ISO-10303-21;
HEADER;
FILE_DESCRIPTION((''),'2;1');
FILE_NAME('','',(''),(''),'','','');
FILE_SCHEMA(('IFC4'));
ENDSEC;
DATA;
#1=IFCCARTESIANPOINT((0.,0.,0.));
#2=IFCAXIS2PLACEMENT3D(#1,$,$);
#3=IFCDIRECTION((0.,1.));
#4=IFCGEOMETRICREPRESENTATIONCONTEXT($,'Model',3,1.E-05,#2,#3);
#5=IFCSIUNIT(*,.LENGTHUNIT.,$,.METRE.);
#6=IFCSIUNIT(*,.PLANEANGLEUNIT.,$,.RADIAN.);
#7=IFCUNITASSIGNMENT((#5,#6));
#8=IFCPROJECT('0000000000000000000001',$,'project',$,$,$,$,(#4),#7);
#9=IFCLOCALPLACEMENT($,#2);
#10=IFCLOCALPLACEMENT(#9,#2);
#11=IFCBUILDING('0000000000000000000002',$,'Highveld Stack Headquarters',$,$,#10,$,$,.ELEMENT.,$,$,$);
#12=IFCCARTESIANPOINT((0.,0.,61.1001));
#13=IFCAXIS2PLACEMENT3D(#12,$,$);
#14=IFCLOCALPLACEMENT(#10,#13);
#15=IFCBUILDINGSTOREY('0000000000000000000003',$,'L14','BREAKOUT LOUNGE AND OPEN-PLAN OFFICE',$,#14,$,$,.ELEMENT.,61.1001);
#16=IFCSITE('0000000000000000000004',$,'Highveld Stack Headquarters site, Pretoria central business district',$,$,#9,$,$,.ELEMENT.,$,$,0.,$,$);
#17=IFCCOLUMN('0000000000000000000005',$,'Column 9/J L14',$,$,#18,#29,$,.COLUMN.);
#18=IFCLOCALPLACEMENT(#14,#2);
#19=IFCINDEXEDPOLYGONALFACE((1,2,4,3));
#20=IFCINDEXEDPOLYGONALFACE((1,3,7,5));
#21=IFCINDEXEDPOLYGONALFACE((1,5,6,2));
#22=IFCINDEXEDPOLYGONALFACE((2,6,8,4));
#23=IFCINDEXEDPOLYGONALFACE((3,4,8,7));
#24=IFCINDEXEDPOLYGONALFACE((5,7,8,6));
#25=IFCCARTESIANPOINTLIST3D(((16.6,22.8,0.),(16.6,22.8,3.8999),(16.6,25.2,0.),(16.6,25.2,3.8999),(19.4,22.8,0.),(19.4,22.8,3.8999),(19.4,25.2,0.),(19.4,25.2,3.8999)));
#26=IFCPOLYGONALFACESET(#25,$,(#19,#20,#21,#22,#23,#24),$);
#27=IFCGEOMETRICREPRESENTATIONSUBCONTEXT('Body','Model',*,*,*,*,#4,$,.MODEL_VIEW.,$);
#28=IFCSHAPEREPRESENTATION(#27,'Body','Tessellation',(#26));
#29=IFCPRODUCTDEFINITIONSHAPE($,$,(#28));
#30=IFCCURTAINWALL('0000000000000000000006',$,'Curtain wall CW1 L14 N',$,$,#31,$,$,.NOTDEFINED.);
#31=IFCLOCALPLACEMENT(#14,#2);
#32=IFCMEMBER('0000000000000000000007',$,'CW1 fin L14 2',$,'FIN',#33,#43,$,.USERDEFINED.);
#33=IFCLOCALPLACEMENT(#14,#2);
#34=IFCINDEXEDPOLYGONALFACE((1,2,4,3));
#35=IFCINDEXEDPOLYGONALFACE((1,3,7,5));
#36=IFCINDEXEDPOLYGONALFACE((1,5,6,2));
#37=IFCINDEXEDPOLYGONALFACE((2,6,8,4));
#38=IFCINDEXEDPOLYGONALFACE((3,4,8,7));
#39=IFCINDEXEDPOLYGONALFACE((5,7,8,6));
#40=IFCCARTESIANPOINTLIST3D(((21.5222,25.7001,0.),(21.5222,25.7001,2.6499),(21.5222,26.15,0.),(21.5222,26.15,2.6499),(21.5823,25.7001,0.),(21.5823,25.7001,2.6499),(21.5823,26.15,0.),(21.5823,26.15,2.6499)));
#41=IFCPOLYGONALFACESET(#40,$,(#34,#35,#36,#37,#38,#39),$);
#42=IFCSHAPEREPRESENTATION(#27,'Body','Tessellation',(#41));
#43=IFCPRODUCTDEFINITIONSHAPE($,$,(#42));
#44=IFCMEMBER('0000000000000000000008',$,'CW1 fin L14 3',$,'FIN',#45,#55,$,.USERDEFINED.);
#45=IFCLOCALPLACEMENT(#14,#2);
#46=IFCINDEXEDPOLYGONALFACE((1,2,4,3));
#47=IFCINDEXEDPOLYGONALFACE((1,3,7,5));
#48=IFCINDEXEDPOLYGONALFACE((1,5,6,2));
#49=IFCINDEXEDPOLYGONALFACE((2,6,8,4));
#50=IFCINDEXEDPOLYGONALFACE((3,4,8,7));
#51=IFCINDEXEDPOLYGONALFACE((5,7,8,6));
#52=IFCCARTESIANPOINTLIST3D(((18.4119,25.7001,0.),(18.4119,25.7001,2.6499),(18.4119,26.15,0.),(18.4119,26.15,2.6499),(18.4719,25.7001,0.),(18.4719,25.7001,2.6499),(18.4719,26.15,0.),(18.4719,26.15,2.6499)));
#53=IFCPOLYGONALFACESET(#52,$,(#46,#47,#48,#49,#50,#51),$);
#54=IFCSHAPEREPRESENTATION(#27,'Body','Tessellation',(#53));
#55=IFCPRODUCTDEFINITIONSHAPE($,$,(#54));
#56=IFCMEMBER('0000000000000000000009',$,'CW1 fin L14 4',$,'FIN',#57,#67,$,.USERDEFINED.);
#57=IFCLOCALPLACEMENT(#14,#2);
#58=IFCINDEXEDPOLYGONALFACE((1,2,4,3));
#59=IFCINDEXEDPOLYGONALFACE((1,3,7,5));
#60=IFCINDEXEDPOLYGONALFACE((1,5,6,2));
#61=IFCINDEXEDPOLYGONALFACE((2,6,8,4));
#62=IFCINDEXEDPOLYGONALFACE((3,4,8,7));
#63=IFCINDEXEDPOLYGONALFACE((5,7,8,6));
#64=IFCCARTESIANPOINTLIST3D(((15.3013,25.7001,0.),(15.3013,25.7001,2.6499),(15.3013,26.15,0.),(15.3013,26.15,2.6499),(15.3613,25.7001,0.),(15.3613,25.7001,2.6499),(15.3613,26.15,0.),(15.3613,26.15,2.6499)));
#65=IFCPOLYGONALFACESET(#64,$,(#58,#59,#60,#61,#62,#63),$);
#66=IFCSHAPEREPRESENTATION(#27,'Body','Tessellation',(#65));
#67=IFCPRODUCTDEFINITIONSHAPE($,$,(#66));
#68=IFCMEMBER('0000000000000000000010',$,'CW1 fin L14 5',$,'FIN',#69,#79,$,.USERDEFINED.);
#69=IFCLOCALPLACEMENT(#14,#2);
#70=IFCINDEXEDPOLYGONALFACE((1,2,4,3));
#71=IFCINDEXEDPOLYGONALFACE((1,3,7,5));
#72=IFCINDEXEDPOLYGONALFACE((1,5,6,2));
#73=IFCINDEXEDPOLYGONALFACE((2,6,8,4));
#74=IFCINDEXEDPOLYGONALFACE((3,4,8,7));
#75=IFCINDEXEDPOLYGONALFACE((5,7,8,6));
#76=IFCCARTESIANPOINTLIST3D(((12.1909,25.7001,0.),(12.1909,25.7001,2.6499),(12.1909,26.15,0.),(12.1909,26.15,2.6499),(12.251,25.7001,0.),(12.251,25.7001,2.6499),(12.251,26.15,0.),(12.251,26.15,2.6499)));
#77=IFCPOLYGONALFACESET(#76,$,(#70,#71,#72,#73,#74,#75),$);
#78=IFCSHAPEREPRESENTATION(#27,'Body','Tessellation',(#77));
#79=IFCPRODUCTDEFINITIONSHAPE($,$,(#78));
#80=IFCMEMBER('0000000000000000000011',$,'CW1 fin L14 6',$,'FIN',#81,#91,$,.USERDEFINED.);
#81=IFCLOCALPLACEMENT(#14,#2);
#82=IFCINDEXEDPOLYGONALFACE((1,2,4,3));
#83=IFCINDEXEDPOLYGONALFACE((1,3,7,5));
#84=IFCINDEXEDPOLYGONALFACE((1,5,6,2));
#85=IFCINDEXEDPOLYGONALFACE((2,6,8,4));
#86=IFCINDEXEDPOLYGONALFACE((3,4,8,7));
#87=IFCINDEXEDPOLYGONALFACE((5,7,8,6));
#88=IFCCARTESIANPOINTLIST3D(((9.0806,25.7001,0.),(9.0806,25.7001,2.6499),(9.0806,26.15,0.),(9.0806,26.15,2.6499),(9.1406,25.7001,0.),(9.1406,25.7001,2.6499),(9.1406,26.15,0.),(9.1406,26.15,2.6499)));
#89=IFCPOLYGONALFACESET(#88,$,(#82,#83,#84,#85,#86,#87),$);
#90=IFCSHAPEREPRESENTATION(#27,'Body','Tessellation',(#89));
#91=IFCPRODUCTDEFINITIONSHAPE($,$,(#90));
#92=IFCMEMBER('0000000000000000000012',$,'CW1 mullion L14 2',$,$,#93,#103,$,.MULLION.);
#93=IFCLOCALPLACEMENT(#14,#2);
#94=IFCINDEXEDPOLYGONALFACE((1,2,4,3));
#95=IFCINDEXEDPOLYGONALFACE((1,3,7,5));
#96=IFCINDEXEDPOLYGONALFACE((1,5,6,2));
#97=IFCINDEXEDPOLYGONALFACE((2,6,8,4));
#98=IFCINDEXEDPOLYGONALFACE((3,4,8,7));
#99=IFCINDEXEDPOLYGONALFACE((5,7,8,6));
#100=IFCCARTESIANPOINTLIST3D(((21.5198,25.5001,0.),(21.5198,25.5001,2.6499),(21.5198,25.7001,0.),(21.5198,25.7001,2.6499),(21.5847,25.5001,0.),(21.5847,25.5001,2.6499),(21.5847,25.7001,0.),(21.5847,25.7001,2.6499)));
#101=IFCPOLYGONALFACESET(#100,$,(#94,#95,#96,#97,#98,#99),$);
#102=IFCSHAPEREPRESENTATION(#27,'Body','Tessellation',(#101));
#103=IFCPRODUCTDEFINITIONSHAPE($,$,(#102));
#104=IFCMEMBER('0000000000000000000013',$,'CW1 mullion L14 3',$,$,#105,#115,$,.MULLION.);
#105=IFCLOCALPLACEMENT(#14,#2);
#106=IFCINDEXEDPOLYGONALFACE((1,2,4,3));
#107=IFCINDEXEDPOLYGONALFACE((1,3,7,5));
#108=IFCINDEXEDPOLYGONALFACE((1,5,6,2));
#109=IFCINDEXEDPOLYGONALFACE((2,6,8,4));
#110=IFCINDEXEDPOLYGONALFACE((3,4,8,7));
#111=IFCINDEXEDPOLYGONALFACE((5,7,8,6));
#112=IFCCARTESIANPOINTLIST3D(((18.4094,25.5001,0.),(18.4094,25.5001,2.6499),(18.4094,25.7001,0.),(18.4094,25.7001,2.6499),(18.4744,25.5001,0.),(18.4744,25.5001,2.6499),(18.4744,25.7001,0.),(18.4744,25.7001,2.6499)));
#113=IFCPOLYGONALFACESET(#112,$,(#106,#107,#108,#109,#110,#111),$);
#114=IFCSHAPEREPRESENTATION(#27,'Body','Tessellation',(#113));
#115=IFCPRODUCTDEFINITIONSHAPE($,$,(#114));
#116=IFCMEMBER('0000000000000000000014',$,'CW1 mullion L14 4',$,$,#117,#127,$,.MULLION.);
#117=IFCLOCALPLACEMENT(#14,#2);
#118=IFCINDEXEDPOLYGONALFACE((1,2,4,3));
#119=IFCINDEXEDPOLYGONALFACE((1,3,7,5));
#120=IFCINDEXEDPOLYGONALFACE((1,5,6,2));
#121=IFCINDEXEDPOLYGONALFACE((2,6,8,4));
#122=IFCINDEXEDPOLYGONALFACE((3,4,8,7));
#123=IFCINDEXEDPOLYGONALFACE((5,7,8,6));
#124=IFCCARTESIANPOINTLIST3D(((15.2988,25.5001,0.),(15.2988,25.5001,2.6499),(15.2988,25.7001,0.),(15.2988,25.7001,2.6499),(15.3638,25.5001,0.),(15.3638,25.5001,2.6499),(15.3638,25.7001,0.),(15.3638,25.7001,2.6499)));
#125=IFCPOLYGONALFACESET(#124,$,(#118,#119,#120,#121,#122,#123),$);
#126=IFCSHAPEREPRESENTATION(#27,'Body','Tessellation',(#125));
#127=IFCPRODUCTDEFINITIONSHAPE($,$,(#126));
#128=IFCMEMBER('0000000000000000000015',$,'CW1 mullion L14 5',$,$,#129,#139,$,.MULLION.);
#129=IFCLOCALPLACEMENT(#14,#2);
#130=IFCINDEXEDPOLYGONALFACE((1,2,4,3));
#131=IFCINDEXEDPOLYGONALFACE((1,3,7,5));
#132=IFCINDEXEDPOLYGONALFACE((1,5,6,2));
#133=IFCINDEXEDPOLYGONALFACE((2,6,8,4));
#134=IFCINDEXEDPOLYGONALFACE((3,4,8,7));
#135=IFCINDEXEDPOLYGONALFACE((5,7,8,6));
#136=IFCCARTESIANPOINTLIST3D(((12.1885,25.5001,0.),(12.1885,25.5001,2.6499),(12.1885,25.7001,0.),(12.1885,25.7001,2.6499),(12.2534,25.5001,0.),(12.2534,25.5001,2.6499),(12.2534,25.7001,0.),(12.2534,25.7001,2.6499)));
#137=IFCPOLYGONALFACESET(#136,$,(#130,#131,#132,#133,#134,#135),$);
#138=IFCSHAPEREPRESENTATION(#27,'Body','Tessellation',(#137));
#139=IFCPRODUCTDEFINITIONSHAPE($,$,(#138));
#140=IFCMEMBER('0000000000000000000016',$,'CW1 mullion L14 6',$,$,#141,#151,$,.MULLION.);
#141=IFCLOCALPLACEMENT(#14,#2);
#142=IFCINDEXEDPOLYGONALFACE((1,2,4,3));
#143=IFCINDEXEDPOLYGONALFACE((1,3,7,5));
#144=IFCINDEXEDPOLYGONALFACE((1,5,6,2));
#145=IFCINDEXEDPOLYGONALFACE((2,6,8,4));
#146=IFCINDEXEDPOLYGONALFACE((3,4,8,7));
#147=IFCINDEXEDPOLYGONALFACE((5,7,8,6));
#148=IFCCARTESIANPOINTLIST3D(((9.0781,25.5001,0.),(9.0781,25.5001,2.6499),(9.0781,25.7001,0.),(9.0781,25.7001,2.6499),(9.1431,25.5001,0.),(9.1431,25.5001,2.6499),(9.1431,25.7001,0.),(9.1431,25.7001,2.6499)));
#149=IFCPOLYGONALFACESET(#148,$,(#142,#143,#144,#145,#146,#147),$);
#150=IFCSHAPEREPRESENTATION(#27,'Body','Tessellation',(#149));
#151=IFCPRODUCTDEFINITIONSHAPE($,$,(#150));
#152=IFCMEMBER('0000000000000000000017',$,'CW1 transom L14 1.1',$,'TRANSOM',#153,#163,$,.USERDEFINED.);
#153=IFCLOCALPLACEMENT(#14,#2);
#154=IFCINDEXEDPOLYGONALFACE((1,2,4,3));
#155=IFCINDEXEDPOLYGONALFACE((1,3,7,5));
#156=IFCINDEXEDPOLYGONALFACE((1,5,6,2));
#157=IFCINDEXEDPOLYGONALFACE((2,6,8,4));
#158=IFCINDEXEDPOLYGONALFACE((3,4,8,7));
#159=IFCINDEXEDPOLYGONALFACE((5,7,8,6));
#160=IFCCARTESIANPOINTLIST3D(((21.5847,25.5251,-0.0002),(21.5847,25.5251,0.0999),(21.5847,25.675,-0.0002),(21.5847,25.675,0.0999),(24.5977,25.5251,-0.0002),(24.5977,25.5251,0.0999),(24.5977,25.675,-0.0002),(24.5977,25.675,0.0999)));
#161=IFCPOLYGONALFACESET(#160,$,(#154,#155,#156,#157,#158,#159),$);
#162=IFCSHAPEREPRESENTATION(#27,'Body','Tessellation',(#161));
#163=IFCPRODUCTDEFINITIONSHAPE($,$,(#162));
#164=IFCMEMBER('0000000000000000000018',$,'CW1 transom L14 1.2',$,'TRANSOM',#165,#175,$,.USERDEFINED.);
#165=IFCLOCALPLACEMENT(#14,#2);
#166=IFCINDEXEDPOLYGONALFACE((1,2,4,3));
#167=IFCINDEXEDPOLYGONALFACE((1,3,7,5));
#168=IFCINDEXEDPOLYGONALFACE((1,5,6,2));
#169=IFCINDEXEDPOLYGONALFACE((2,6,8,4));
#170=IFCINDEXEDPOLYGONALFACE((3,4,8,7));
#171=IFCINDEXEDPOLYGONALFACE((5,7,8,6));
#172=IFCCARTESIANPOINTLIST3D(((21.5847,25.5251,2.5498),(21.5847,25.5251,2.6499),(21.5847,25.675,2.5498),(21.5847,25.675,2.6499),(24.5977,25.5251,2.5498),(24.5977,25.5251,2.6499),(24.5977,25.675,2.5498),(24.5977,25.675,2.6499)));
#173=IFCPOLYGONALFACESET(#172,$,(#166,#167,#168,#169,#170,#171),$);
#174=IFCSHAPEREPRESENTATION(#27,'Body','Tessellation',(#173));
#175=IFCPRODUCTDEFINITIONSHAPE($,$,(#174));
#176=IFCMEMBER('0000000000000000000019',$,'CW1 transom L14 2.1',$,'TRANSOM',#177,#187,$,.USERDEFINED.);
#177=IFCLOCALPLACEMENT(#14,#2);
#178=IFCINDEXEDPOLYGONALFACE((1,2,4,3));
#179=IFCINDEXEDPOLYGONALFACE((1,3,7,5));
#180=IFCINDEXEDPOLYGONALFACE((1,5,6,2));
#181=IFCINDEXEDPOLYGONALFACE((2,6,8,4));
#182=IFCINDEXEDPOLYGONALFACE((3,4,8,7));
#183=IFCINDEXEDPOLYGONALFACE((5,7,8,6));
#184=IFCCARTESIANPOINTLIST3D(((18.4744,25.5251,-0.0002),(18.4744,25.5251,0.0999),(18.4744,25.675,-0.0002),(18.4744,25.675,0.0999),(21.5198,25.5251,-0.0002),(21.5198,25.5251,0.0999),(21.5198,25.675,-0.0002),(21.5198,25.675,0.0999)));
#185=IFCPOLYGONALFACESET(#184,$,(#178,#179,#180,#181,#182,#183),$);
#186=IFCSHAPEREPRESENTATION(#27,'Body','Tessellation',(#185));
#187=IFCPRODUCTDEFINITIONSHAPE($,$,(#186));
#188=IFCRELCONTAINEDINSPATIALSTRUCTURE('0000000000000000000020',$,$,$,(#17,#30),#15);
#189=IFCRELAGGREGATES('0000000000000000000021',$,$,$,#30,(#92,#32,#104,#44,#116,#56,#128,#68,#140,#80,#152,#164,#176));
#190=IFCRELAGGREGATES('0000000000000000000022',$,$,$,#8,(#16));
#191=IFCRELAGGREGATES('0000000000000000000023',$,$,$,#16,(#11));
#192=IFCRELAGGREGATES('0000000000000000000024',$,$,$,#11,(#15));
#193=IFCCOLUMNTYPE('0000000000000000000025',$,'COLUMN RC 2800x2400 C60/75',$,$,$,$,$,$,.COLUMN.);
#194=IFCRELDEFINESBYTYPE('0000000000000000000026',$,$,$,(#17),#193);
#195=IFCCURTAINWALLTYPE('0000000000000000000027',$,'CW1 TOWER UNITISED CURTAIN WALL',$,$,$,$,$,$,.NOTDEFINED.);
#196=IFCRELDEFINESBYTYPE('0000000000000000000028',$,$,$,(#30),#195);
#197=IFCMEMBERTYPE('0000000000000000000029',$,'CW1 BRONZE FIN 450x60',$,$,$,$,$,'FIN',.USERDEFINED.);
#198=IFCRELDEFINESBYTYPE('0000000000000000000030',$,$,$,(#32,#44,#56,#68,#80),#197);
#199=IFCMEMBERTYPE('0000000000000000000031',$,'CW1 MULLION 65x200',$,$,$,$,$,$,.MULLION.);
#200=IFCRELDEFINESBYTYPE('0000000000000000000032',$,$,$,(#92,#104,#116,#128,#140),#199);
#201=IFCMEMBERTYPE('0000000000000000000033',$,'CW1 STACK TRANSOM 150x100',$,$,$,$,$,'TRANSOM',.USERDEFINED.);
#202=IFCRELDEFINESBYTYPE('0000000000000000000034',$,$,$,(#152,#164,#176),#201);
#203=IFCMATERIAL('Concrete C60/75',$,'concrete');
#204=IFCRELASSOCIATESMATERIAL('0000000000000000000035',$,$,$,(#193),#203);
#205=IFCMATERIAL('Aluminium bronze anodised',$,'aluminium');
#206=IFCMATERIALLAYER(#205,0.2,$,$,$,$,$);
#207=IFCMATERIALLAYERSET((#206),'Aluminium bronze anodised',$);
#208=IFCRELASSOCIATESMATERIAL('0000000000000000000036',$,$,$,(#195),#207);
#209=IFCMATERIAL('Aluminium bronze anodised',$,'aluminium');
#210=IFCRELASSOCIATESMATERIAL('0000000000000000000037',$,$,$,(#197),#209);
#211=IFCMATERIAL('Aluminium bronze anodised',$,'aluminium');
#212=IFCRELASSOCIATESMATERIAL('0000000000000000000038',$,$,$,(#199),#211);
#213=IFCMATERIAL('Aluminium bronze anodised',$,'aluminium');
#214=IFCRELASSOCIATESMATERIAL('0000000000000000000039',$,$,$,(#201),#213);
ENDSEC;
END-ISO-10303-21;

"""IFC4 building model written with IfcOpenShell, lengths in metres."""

from ifc_helpers import new_model, si_unit, direction, frame, origin, origin_2d, place, context, subcontext, project, spatial, rectangle, extrude, material, layer, layer_set, material_profile, profile_set, type_object, element, aggregate, save


model = new_model("IFC4")

# Units and contexts
model_context = context("Model", 3, precision=1e-05, world=origin(), true_north=direction((0.0, 1.0)))
body_context = subcontext(model_context, "Body", "Model", "MODEL_VIEW")
ifc_project = project(units=[si_unit("LENGTHUNIT", "METRE"), si_unit("PLANEANGLEUNIT", "RADIAN")], contexts=[model_context])

# Site, building, storey
site_placement = place(None, origin())
site = spatial("IfcSite", under=ifc_project, at=site_placement, Name="Highveld Stack Headquarters site, Pretoria central business district", CompositionType="ELEMENT", RefElevation=0.0)
building_placement = place(site_placement, origin())
building = spatial("IfcBuilding", under=site, at=building_placement, Name="Highveld Stack Headquarters", CompositionType="ELEMENT")
storey_placement = place(building_placement, frame((0.0, 0.0, 61.1001)))
storey = spatial("IfcBuildingStorey", under=building, at=storey_placement, Name="L14", Description="BREAKOUT LOUNGE AND OPEN-PLAN OFFICE", CompositionType="ELEMENT", Elevation=61.1001)

# Column
ifc_material_1 = material(Name="Concrete C60/75", Category="concrete")
ifc_material_profile_1 = material_profile(ifc_material_1, rectangle(XDim=2.8, YDim=2.3999, at=origin_2d()), Name="RC 2800x2400")
ifc_profile_set_1 = profile_set([ifc_material_profile_1], Name="Concrete C60/75")
column_type = type_object("IfcColumnType", Name="COLUMN RC 2800x2400 C60/75", PredefinedType="COLUMN", material=ifc_profile_set_1)
column_placement = place(storey_placement, frame((18.0, 24.0, 0.0), z_axis=(0.0, 0.0, 1.0), x_axis=(1.0, 0.0, 0.0)))
element("IfcColumn", 1, at=column_placement, inside=storey, type_object=column_type, Name="Column 9/J L14", PredefinedType="COLUMN", context=body_context, shape_type="SweptSolid", body=[
    extrude(rectangle(XDim=2.8, YDim=2.3999, at=origin_2d()), origin(), (0.0, 0.0, 1.0), 3.8999),
])

# Curtain wall, members
ifc_material_2 = material(Name="Aluminium bronze anodised", Category="aluminium")
ifc_layer_1 = layer(ifc_material_2, 0.2)
ifc_layer_set_1 = layer_set([ifc_layer_1], Name="Aluminium bronze anodised")
curtain_wall_type = type_object("IfcCurtainWallType", Name="CW1 TOWER UNITISED CURTAIN WALL", PredefinedType="NOTDEFINED", material=ifc_layer_set_1)
curtain_wall_placement = place(storey_placement, origin())
curtain_wall = element("IfcCurtainWall", 2, at=curtain_wall_placement, inside=storey, type_object=curtain_wall_type, Name="Curtain wall CW1 L14 N", PredefinedType="NOTDEFINED")
ifc_material_3 = material(Name="Aluminium bronze anodised", Category="aluminium")
ifc_material_profile_2 = material_profile(ifc_material_3, rectangle(XDim=0.45, YDim=0.0601, at=origin_2d()), Name="FIN 450x60")
ifc_profile_set_2 = profile_set([ifc_material_profile_2], Name="Aluminium bronze anodised")
member_type_1 = type_object("IfcMemberType", Name="CW1 BRONZE FIN 450x60", ElementType="FIN", PredefinedType="USERDEFINED", material=ifc_profile_set_2)
member_1_placement = place(storey_placement, frame((21.5522, 25.925, 0.0), z_axis=(0.0, 0.0, 1.0), x_axis=(0.0, -1.0, 0.0)))
member_1 = element("IfcMember", 3, at=member_1_placement, type_object=member_type_1, Name="CW1 fin L14 2", ObjectType="FIN", PredefinedType="USERDEFINED", context=body_context, shape_type="SweptSolid", body=[
    extrude(rectangle(XDim=0.45, YDim=0.0601, at=origin_2d()), origin(), (0.0, 0.0, 1.0), 2.6499),
])
member_2_placement = place(storey_placement, frame((18.4419, 25.925, 0.0), z_axis=(0.0, 0.0, 1.0), x_axis=(0.0, -1.0, 0.0)))
member_2 = element("IfcMember", 4, at=member_2_placement, type_object=member_type_1, Name="CW1 fin L14 3", ObjectType="FIN", PredefinedType="USERDEFINED", context=body_context, shape_type="SweptSolid", body=[
    extrude(rectangle(XDim=0.45, YDim=0.0601, at=origin_2d()), origin(), (0.0, 0.0, 1.0), 2.6499),
])
member_3_placement = place(storey_placement, frame((15.3313, 25.925, 0.0), z_axis=(0.0, 0.0, 1.0), x_axis=(0.0, -1.0, 0.0)))
member_3 = element("IfcMember", 5, at=member_3_placement, type_object=member_type_1, Name="CW1 fin L14 4", ObjectType="FIN", PredefinedType="USERDEFINED", context=body_context, shape_type="SweptSolid", body=[
    extrude(rectangle(XDim=0.45, YDim=0.0601, at=origin_2d()), origin(), (0.0, 0.0, 1.0), 2.6499),
])
member_4_placement = place(storey_placement, frame((12.2209, 25.925, 0.0), z_axis=(0.0, 0.0, 1.0), x_axis=(0.0, -1.0, 0.0)))
member_4 = element("IfcMember", 6, at=member_4_placement, type_object=member_type_1, Name="CW1 fin L14 5", ObjectType="FIN", PredefinedType="USERDEFINED", context=body_context, shape_type="SweptSolid", body=[
    extrude(rectangle(XDim=0.45, YDim=0.0601, at=origin_2d()), origin(), (0.0, 0.0, 1.0), 2.6499),
])
member_5_placement = place(storey_placement, frame((9.1106, 25.925, 0.0), z_axis=(0.0, 0.0, 1.0), x_axis=(0.0, -1.0, 0.0)))
member_5 = element("IfcMember", 7, at=member_5_placement, type_object=member_type_1, Name="CW1 fin L14 6", ObjectType="FIN", PredefinedType="USERDEFINED", context=body_context, shape_type="SweptSolid", body=[
    extrude(rectangle(XDim=0.45, YDim=0.0601, at=origin_2d()), origin(), (0.0, 0.0, 1.0), 2.6499),
])
ifc_material_4 = material(Name="Aluminium bronze anodised", Category="aluminium")
ifc_material_profile_3 = material_profile(ifc_material_4, rectangle(XDim=0.2, YDim=0.0649, at=origin_2d()), Name="CW1 MULLION 65x200")
ifc_profile_set_3 = profile_set([ifc_material_profile_3], Name="Aluminium bronze anodised")
member_type_2 = type_object("IfcMemberType", Name="CW1 MULLION 65x200", PredefinedType="MULLION", material=ifc_profile_set_3)
member_6_placement = place(storey_placement, frame((21.5522, 25.6001, 0.0), z_axis=(0.0, 0.0, 1.0), x_axis=(0.0, -1.0, 0.0)))
member_6 = element("IfcMember", 8, at=member_6_placement, type_object=member_type_2, Name="CW1 mullion L14 2", PredefinedType="MULLION", context=body_context, shape_type="SweptSolid", body=[
    extrude(rectangle(XDim=0.2, YDim=0.0649, at=origin_2d()), origin(), (0.0, 0.0, 1.0), 2.6499),
])
member_7_placement = place(storey_placement, frame((18.4419, 25.6001, 0.0), z_axis=(0.0, 0.0, 1.0), x_axis=(0.0, -1.0, 0.0)))
member_7 = element("IfcMember", 9, at=member_7_placement, type_object=member_type_2, Name="CW1 mullion L14 3", PredefinedType="MULLION", context=body_context, shape_type="SweptSolid", body=[
    extrude(rectangle(XDim=0.2, YDim=0.0649, at=origin_2d()), origin(), (0.0, 0.0, 1.0), 2.6499),
])
member_8_placement = place(storey_placement, frame((15.3313, 25.6001, 0.0), z_axis=(0.0, 0.0, 1.0), x_axis=(0.0, -1.0, 0.0)))
member_8 = element("IfcMember", 10, at=member_8_placement, type_object=member_type_2, Name="CW1 mullion L14 4", PredefinedType="MULLION", context=body_context, shape_type="SweptSolid", body=[
    extrude(rectangle(XDim=0.2, YDim=0.0649, at=origin_2d()), origin(), (0.0, 0.0, 1.0), 2.6499),
])
member_9_placement = place(storey_placement, frame((12.2209, 25.6001, 0.0), z_axis=(0.0, 0.0, 1.0), x_axis=(0.0, -1.0, 0.0)))
member_9 = element("IfcMember", 11, at=member_9_placement, type_object=member_type_2, Name="CW1 mullion L14 5", PredefinedType="MULLION", context=body_context, shape_type="SweptSolid", body=[
    extrude(rectangle(XDim=0.2, YDim=0.0649, at=origin_2d()), origin(), (0.0, 0.0, 1.0), 2.6499),
])
member_10_placement = place(storey_placement, frame((9.1106, 25.6001, 0.0), z_axis=(0.0, 0.0, 1.0), x_axis=(0.0, -1.0, 0.0)))
member_10 = element("IfcMember", 12, at=member_10_placement, type_object=member_type_2, Name="CW1 mullion L14 6", PredefinedType="MULLION", context=body_context, shape_type="SweptSolid", body=[
    extrude(rectangle(XDim=0.2, YDim=0.0649, at=origin_2d()), origin(), (0.0, 0.0, 1.0), 2.6499),
])
ifc_material_5 = material(Name="Aluminium bronze anodised", Category="aluminium")
ifc_material_profile_4 = material_profile(ifc_material_5, rectangle(XDim=0.1499, YDim=0.1001, at=origin_2d()), Name="CW1 TRANSOM 150x100")
ifc_profile_set_4 = profile_set([ifc_material_profile_4], Name="Aluminium bronze anodised")
member_type_3 = type_object("IfcMemberType", Name="CW1 STACK TRANSOM 150x100", ElementType="TRANSOM", PredefinedType="USERDEFINED", material=ifc_profile_set_4)
member_11_placement = place(storey_placement, frame((24.5977, 25.6001, 0.0498), z_axis=(-1.0, 0.0, 0.0), x_axis=(0.0, -1.0, 0.0)))
member_11 = element("IfcMember", 13, at=member_11_placement, type_object=member_type_3, Name="CW1 transom L14 1.1", ObjectType="TRANSOM", PredefinedType="USERDEFINED", context=body_context, shape_type="SweptSolid", body=[
    extrude(rectangle(XDim=0.1499, YDim=0.1001, at=origin_2d()), origin(), (0.0, 0.0, 1.0), 3.0129),
])
member_12_placement = place(storey_placement, frame((24.5977, 25.6001, 2.5999), z_axis=(-1.0, 0.0, 0.0), x_axis=(0.0, -1.0, 0.0)))
member_12 = element("IfcMember", 14, at=member_12_placement, type_object=member_type_3, Name="CW1 transom L14 1.2", ObjectType="TRANSOM", PredefinedType="USERDEFINED", context=body_context, shape_type="SweptSolid", body=[
    extrude(rectangle(XDim=0.1499, YDim=0.1001, at=origin_2d()), origin(), (0.0, 0.0, 1.0), 3.0129),
])
member_13_placement = place(storey_placement, frame((21.5198, 25.6001, 0.0498), z_axis=(-1.0, 0.0, 0.0), x_axis=(0.0, -1.0, 0.0)))
member_13 = element("IfcMember", 15, at=member_13_placement, type_object=member_type_3, Name="CW1 transom L14 2.1", ObjectType="TRANSOM", PredefinedType="USERDEFINED", context=body_context, shape_type="SweptSolid", body=[
    extrude(rectangle(XDim=0.1499, YDim=0.1001, at=origin_2d()), origin(), (0.0, 0.0, 1.0), 3.0454),
])
aggregate(curtain_wall, [member_6, member_1, member_7, member_2, member_8, member_3, member_9, member_4, member_10, member_5, member_11, member_12, member_13])

save(model, "model.ifc")
